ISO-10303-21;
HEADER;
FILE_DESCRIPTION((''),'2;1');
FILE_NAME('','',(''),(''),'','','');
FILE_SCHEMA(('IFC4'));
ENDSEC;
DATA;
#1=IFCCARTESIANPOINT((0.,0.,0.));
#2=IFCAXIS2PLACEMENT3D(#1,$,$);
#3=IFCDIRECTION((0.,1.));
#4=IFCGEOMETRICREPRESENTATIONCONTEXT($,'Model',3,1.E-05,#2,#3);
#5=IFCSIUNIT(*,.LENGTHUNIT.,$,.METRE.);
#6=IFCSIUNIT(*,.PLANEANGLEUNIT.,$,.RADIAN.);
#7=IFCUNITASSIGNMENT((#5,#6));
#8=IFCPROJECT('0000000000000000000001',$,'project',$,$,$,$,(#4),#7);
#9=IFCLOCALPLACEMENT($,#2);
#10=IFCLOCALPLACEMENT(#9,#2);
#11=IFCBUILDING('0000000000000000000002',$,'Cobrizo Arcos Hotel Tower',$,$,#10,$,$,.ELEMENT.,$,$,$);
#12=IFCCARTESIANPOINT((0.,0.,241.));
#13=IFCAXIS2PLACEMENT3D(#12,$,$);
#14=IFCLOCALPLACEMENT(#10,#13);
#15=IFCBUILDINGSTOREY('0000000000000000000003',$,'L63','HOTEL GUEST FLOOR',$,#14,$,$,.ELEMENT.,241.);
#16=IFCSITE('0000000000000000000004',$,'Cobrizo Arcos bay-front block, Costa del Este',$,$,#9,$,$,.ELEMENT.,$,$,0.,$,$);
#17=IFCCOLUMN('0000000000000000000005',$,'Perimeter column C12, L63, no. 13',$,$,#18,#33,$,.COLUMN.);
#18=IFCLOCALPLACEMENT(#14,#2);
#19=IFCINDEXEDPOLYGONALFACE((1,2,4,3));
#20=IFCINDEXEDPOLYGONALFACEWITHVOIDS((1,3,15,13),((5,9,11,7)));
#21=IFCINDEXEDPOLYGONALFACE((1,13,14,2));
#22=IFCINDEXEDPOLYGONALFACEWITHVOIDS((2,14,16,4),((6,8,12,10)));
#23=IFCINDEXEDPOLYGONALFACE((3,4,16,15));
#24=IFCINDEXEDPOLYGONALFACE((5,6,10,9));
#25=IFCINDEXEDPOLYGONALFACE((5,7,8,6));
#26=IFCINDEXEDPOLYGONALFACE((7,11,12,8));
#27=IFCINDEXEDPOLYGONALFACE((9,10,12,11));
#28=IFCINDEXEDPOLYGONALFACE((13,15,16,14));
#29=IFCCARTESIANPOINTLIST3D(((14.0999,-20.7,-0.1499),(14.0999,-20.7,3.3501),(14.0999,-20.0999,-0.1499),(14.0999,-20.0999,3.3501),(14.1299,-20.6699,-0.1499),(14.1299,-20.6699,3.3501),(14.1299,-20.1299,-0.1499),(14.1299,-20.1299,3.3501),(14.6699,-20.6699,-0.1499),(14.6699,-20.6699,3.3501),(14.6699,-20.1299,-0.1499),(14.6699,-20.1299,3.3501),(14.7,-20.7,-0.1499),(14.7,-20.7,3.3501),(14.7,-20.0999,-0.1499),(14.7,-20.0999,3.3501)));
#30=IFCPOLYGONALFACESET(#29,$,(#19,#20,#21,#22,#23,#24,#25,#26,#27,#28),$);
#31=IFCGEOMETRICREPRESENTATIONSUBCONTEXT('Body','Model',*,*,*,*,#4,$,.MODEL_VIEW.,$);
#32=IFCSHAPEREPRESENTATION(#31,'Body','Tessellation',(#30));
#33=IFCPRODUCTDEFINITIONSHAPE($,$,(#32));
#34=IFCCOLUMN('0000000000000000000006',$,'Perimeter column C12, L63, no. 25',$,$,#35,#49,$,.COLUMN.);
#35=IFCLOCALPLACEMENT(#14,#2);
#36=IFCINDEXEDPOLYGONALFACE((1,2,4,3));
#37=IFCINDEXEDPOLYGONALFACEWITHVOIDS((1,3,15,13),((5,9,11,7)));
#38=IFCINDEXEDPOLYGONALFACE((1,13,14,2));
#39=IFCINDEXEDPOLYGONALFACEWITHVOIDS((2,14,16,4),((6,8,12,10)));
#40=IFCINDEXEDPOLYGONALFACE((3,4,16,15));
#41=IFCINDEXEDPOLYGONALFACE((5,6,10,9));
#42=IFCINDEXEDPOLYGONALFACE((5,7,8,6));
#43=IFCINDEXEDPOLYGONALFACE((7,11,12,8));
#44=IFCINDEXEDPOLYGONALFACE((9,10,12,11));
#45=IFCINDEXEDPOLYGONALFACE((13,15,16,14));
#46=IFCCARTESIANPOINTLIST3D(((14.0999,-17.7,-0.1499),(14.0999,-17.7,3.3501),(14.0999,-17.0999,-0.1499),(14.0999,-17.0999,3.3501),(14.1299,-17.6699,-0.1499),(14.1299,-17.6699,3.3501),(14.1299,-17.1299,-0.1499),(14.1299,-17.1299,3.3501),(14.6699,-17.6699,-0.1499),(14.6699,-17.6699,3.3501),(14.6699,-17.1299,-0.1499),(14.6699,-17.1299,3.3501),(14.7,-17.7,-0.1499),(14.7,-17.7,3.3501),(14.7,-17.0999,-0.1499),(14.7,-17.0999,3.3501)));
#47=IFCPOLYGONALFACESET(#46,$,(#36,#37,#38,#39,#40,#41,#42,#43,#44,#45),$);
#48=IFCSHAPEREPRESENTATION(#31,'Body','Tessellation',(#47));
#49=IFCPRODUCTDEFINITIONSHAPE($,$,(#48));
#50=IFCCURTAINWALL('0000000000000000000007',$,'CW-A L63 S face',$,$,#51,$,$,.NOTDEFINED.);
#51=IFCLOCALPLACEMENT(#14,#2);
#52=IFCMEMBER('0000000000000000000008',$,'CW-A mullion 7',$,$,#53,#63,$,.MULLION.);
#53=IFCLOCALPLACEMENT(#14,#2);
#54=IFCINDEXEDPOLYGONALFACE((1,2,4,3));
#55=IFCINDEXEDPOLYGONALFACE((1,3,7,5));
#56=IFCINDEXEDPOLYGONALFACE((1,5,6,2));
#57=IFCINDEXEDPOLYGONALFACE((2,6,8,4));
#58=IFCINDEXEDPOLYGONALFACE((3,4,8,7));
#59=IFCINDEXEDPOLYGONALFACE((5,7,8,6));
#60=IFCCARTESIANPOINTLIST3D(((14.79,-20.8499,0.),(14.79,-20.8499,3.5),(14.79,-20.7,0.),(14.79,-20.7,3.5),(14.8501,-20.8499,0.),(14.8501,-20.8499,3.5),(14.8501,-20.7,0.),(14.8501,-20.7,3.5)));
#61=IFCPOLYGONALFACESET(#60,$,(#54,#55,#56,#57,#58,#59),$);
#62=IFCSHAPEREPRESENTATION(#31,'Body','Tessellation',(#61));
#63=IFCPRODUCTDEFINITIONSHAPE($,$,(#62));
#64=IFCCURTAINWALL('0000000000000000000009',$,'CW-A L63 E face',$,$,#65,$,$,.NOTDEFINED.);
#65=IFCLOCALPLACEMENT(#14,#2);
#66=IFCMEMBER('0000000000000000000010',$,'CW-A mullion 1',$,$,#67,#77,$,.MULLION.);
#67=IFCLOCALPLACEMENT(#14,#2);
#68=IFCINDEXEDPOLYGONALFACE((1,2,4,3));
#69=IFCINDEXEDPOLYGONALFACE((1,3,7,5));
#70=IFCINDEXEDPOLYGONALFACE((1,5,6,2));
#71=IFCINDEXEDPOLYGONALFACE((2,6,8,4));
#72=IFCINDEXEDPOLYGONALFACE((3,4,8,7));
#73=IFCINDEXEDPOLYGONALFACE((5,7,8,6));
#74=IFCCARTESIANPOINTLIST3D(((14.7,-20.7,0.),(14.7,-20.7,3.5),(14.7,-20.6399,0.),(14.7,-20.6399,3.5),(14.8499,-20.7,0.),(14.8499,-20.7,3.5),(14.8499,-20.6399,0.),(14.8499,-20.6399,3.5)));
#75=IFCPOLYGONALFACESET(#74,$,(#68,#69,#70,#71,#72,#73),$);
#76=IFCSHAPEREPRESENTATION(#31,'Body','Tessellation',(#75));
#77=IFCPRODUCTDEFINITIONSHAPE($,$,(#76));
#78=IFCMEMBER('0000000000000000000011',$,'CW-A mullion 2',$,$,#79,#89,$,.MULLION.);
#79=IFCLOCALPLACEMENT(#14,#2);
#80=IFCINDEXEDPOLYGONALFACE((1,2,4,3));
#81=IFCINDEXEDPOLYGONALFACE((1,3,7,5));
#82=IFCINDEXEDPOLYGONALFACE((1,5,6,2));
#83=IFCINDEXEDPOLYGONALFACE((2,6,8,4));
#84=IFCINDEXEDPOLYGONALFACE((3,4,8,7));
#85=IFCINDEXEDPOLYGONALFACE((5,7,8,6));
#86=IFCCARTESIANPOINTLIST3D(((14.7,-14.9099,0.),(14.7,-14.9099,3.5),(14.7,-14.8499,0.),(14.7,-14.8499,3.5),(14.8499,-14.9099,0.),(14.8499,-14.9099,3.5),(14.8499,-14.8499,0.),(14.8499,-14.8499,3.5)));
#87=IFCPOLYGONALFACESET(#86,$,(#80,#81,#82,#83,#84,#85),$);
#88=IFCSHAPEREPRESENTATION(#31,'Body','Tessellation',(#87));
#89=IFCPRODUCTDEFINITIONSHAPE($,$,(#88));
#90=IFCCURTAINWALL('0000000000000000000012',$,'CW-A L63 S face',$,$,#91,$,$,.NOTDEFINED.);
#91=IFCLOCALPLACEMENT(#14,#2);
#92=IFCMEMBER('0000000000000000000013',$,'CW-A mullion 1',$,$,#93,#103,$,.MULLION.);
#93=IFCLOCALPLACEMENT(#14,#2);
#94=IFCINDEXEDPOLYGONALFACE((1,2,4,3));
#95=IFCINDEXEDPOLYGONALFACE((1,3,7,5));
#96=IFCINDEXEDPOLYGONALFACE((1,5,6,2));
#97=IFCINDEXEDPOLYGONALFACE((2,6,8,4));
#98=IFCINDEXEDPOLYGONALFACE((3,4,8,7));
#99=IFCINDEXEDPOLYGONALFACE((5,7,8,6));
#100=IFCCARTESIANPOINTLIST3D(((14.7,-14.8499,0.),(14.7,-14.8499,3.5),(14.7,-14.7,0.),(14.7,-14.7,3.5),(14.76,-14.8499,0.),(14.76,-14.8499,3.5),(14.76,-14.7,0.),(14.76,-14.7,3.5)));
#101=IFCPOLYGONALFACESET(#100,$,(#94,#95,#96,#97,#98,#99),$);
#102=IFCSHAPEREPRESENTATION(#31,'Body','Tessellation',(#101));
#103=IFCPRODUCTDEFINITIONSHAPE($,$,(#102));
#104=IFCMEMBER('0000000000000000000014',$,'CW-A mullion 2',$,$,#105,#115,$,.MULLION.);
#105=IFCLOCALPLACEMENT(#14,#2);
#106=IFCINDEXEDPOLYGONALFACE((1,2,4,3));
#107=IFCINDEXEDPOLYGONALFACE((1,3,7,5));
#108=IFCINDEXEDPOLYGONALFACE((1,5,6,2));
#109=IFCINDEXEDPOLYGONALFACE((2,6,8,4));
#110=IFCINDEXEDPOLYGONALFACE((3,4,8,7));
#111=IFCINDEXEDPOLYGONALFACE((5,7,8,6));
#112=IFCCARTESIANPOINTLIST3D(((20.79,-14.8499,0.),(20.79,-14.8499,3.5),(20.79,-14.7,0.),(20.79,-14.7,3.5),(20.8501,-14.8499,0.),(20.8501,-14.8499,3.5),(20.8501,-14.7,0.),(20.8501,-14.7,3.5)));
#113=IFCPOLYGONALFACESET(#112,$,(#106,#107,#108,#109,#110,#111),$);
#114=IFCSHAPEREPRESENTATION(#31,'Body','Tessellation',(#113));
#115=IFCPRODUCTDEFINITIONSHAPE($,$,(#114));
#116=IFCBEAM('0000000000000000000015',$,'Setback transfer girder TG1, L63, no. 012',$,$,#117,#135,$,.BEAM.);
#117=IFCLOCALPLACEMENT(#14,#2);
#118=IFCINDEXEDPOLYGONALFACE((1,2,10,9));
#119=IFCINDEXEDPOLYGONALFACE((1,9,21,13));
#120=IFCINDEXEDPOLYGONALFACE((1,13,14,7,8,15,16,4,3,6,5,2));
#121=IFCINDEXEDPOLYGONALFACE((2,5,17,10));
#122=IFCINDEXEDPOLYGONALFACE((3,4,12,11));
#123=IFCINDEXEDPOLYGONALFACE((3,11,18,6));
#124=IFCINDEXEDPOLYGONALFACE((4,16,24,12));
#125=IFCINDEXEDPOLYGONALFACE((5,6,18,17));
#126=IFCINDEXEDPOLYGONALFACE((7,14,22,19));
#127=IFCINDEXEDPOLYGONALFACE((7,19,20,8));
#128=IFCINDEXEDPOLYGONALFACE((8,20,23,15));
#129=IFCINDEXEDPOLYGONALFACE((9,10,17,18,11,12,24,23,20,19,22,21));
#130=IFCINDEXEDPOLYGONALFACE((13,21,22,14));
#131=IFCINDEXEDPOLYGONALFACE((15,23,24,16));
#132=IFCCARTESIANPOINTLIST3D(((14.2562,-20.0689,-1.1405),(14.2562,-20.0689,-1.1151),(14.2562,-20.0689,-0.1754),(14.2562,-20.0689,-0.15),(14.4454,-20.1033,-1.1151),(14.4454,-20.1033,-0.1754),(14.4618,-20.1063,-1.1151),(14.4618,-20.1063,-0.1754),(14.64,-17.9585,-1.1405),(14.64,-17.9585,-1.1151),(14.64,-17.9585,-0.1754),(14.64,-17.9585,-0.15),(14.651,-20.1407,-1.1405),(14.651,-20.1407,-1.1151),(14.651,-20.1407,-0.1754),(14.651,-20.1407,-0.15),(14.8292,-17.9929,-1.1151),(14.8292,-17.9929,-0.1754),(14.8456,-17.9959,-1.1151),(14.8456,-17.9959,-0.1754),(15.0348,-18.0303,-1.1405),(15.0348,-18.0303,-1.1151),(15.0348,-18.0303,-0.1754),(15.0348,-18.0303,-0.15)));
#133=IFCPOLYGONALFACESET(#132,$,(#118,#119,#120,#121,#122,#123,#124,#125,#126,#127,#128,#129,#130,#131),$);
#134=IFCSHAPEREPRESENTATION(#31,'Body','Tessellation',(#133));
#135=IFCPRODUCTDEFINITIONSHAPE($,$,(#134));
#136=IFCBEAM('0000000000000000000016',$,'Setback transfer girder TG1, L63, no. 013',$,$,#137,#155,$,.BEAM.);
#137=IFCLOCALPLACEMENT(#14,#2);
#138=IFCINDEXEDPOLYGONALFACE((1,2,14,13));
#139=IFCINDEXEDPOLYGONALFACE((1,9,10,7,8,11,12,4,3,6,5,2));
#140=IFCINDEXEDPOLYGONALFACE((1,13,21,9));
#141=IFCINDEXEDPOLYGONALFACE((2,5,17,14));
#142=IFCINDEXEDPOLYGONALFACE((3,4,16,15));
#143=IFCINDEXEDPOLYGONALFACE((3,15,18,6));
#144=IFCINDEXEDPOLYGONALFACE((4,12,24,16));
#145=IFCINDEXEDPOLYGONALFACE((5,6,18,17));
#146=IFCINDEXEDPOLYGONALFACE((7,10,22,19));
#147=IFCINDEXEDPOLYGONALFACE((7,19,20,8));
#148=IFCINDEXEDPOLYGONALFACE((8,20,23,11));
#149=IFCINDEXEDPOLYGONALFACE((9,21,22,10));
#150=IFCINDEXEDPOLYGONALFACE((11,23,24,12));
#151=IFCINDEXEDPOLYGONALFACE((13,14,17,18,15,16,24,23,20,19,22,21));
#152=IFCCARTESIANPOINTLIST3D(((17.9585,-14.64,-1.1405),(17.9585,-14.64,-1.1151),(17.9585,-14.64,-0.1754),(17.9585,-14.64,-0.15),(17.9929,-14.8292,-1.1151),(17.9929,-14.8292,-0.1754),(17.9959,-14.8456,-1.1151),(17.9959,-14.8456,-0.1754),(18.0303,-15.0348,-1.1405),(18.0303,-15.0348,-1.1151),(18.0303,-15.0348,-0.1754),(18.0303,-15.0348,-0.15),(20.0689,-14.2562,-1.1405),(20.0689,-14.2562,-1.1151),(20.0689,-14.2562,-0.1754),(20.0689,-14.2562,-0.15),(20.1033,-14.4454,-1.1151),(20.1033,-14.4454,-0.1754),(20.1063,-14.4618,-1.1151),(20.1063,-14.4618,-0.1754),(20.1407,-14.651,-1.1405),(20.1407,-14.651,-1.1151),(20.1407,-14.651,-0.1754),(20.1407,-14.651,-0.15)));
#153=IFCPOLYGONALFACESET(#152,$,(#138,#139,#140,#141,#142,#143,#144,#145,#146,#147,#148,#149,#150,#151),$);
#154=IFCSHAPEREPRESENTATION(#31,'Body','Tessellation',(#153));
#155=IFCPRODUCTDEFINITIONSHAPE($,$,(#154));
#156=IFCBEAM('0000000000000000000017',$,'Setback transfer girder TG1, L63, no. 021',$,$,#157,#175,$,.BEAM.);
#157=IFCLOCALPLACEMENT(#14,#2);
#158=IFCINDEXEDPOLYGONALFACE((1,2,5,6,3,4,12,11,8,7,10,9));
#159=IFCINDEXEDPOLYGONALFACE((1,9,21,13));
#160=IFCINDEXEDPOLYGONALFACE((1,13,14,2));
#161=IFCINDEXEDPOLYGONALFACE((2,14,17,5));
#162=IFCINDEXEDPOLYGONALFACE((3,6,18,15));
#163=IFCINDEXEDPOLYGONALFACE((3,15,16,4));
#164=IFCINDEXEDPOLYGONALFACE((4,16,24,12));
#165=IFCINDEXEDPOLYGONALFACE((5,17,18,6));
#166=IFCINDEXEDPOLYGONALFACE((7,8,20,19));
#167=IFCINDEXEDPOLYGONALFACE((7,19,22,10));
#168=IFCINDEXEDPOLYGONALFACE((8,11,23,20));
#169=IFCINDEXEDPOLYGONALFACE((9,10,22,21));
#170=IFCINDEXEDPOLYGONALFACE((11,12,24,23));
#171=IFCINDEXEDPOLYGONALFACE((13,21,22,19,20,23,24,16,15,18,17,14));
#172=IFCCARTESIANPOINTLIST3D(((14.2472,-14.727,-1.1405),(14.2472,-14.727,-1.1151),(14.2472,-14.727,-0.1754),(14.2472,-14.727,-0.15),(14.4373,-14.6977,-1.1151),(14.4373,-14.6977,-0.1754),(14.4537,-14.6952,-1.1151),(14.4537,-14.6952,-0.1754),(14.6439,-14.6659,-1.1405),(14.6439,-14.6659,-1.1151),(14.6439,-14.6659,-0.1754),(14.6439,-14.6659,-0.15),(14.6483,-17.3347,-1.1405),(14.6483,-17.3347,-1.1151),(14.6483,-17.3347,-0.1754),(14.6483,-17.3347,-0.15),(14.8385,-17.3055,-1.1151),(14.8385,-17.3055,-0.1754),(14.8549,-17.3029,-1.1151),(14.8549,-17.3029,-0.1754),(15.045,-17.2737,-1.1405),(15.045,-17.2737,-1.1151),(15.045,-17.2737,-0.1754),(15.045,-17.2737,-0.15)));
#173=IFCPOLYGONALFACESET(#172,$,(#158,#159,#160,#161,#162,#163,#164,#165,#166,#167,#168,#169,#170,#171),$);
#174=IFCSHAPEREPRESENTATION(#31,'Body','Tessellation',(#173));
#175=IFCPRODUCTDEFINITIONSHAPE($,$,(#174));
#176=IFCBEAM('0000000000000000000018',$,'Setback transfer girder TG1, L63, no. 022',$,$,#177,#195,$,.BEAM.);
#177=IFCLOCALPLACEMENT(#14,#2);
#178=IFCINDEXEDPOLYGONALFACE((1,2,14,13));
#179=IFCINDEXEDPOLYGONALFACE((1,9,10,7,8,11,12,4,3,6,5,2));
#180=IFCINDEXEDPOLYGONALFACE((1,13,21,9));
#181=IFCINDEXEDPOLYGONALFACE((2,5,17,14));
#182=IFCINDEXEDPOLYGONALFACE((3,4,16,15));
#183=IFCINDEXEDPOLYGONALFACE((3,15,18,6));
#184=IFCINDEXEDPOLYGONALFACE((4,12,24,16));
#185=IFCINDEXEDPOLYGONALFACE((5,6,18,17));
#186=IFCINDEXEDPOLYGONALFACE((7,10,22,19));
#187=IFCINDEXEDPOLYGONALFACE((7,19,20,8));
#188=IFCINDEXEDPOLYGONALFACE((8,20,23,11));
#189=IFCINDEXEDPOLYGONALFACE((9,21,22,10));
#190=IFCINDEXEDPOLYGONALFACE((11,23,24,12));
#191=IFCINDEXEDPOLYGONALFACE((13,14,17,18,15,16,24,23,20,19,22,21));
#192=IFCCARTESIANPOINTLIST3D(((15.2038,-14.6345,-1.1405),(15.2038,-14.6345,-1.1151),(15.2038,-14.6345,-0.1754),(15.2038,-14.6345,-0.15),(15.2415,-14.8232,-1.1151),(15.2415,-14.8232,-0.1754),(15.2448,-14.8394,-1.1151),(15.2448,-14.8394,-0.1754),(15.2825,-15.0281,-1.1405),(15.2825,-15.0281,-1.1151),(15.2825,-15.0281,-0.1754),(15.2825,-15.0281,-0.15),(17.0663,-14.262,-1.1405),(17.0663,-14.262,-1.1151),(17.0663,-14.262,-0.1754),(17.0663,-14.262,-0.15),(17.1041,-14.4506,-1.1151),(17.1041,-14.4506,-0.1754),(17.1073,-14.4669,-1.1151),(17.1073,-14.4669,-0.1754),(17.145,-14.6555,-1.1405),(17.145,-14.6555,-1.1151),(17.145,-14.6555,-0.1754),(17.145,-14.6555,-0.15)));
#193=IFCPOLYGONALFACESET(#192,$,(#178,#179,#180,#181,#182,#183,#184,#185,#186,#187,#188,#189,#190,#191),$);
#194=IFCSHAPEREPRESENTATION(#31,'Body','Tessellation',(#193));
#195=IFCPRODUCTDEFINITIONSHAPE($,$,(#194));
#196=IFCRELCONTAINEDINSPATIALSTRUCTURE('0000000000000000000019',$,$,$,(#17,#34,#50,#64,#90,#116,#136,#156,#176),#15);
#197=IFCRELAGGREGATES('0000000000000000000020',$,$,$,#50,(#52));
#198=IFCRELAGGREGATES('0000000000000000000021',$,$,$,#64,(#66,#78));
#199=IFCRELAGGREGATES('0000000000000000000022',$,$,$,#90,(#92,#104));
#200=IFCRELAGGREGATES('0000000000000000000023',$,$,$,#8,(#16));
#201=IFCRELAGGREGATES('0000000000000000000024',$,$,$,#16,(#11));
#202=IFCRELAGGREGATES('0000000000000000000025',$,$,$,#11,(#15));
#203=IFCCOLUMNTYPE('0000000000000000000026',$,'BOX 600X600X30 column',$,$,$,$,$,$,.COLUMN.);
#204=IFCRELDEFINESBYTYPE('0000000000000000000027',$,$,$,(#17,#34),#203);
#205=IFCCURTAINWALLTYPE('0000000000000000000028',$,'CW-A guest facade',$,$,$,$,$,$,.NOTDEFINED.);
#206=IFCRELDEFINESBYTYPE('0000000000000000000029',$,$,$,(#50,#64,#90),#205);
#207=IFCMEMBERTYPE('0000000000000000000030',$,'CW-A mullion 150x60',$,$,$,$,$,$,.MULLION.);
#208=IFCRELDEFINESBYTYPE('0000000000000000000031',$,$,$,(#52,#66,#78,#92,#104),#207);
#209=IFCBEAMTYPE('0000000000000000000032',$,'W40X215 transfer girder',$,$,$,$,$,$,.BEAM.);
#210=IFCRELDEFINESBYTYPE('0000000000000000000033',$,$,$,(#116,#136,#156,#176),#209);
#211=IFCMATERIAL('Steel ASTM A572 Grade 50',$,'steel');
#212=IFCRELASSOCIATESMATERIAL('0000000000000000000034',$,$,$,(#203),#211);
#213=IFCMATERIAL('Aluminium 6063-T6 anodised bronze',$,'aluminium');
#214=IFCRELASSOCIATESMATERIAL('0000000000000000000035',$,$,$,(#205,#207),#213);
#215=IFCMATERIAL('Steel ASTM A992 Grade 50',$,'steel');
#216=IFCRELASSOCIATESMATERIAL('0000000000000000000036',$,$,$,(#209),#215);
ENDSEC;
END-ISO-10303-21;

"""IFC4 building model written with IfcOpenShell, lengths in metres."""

from ifc_helpers import new_model, si_unit, direction, frame, origin, origin_2d, place, context, subcontext, project, spatial, rectangle, hollow_rectangle, i_section, extrude, material, material_profile, profile_set, type_object, element, aggregate, save


model = new_model("IFC4")

# Units and contexts
model_context = context("Model", 3, precision=1e-05, world=origin(), true_north=direction((0.0, 1.0)))
body_context = subcontext(model_context, "Body", "Model", "MODEL_VIEW")
ifc_project = project(units=[si_unit("LENGTHUNIT", "METRE"), si_unit("PLANEANGLEUNIT", "RADIAN")], contexts=[model_context])

# Site, building, storey
site_placement = place(None, origin())
site = spatial("IfcSite", under=ifc_project, at=site_placement, Name="Cobrizo Arcos bay-front block, Costa del Este", CompositionType="ELEMENT", RefElevation=0.0)
building_placement = place(site_placement, origin())
building = spatial("IfcBuilding", under=site, at=building_placement, Name="Cobrizo Arcos Hotel Tower", CompositionType="ELEMENT")
storey_placement = place(building_placement, frame((0.0, 0.0, 241.0)))
storey = spatial("IfcBuildingStorey", under=building, at=storey_placement, Name="L63", Description="HOTEL GUEST FLOOR", CompositionType="ELEMENT", Elevation=241.0)

# Columns
ifc_material_1 = material(Name="Steel ASTM A572 Grade 50", Category="steel")
ifc_material_profile_1 = material_profile(ifc_material_1, hollow_rectangle(XDim=0.6001, YDim=0.6001, WallThickness=0.03, at=origin_2d()), Name="BOX 600X600X30")
ifc_profile_set_1 = profile_set([ifc_material_profile_1], Name="Steel ASTM A572 Grade 50")
column_type = type_object("IfcColumnType", Name="BOX 600X600X30 column", PredefinedType="COLUMN", material=ifc_profile_set_1)
for number, where, z_axis, x_axis, name in (
    (1, (14.3999, -20.3999, -0.1499), (0.0, 0.0, 1.0), (1.0, 0.0, 0.0), "Perimeter column C12, L63, no. 13"),
    (2, (14.3999, -17.3999, -0.1499), (0.0, 0.0, 1.0), (1.0, 0.0, 0.0), "Perimeter column C12, L63, no. 25"),
):
    element("IfcColumn", number, at=place(storey_placement, frame(where, z_axis=z_axis, x_axis=x_axis)), inside=storey, type_object=column_type, Name=name, PredefinedType="COLUMN", context=body_context, shape_type="SweptSolid", body=[
        extrude(hollow_rectangle(XDim=0.6001, YDim=0.6001, WallThickness=0.03, at=origin_2d()), origin(), (0.0, 0.0, 1.0), 3.5),
    ])

# Curtain wall, member
ifc_material_2 = material(Name="Aluminium 6063-T6 anodised bronze", Category="aluminium")
curtain_wall_type = type_object("IfcCurtainWallType", Name="CW-A guest facade", PredefinedType="NOTDEFINED", material=ifc_material_2)
curtain_wall_1_placement = place(storey_placement, origin())
curtain_wall_1 = element("IfcCurtainWall", 3, at=curtain_wall_1_placement, inside=storey, type_object=curtain_wall_type, Name="CW-A L63 S face", PredefinedType="NOTDEFINED")
ifc_material_profile_2 = material_profile(ifc_material_2, rectangle(XDim=0.1499, YDim=0.0601, at=origin_2d()), Name="CW-A mullion 150x60")
ifc_profile_set_2 = profile_set([ifc_material_profile_2], Name="Aluminium 6063-T6 anodised bronze")
member_type = type_object("IfcMemberType", Name="CW-A mullion 150x60", PredefinedType="MULLION", material=ifc_profile_set_2)
member_1_placement = place(storey_placement, frame((14.8201, -20.7749, 0.0), z_axis=(0.0, 0.0, 1.0), x_axis=(0.0, -1.0, 0.0)))
member_1 = element("IfcMember", 4, at=member_1_placement, type_object=member_type, Name="CW-A mullion 7", PredefinedType="MULLION", context=body_context, shape_type="SweptSolid", body=[
    extrude(rectangle(XDim=0.1499, YDim=0.0601, at=origin_2d()), origin(), (0.0, 0.0, 1.0), 3.5),
])
aggregate(curtain_wall_1, [member_1])

# Curtain walls, members
curtain_wall_2_placement = place(storey_placement, origin())
curtain_wall_2 = element("IfcCurtainWall", 5, at=curtain_wall_2_placement, inside=storey, type_object=curtain_wall_type, Name="CW-A L63 E face", PredefinedType="NOTDEFINED")
member_2_placement = place(storey_placement, frame((14.7749, -20.6699, 0.0), z_axis=(0.0, 0.0, 1.0), x_axis=(1.0, 0.0, 0.0)))
member_2 = element("IfcMember", 6, at=member_2_placement, type_object=member_type, Name="CW-A mullion 1", PredefinedType="MULLION", context=body_context, shape_type="SweptSolid", body=[
    extrude(rectangle(XDim=0.1499, YDim=0.0601, at=origin_2d()), origin(), (0.0, 0.0, 1.0), 3.5),
])
member_3_placement = place(storey_placement, frame((14.7749, -14.8799, 0.0), z_axis=(0.0, 0.0, 1.0), x_axis=(1.0, 0.0, 0.0)))
member_3 = element("IfcMember", 7, at=member_3_placement, type_object=member_type, Name="CW-A mullion 2", PredefinedType="MULLION", context=body_context, shape_type="SweptSolid", body=[
    extrude(rectangle(XDim=0.1499, YDim=0.0601, at=origin_2d()), origin(), (0.0, 0.0, 1.0), 3.5),
])
curtain_wall_3_placement = place(storey_placement, origin())
curtain_wall_3 = element("IfcCurtainWall", 8, at=curtain_wall_3_placement, inside=storey, type_object=curtain_wall_type, Name="CW-A L63 S face", PredefinedType="NOTDEFINED")
member_4_placement = place(storey_placement, frame((14.73, -14.7749, 0.0), z_axis=(0.0, 0.0, 1.0), x_axis=(0.0, -1.0, 0.0)))
member_4 = element("IfcMember", 9, at=member_4_placement, type_object=member_type, Name="CW-A mullion 1", PredefinedType="MULLION", context=body_context, shape_type="SweptSolid", body=[
    extrude(rectangle(XDim=0.1499, YDim=0.0601, at=origin_2d()), origin(), (0.0, 0.0, 1.0), 3.5),
])
member_5_placement = place(storey_placement, frame((20.8201, -14.7749, 0.0), z_axis=(0.0, 0.0, 1.0), x_axis=(0.0, -1.0, 0.0)))
member_5 = element("IfcMember", 10, at=member_5_placement, type_object=member_type, Name="CW-A mullion 2", PredefinedType="MULLION", context=body_context, shape_type="SweptSolid", body=[
    extrude(rectangle(XDim=0.1499, YDim=0.0601, at=origin_2d()), origin(), (0.0, 0.0, 1.0), 3.5),
])

# Beams
ifc_material_3 = material(Name="Steel ASTM A992 Grade 50", Category="steel")
ifc_material_profile_3 = material_profile(ifc_material_3, i_section(OverallWidth=0.4014, OverallDepth=0.9905, WebThickness=0.0166, FlangeThickness=0.0254, at=origin_2d()), Name="W40X215")
ifc_profile_set_3 = profile_set([ifc_material_profile_3], Name="Steel ASTM A992 Grade 50")
beam_type = type_object("IfcBeamType", Name="W40X215 transfer girder", PredefinedType="BEAM", material=ifc_profile_set_3)
for number, where, z_axis, x_axis, name in (
    (11, (14.8374, -17.9944, -0.6453), (-0.178926, -0.983863, 0.0), (0.983863, -0.178926, 0.0), "Setback transfer girder TG1, L63, no. 012"),
    (12, (17.9944, -14.8374, -0.6453), (0.983863, 0.178926, 0.0), (-0.178926, 0.983863, 0.0), "Setback transfer girder TG1, L63, no. 013"),
):
    element("IfcBeam", number, at=place(storey_placement, frame(where, z_axis=z_axis, x_axis=x_axis)), inside=storey, type_object=beam_type, Name=name, PredefinedType="BEAM", context=body_context, shape_type="SweptSolid", body=[
        extrude(i_section(OverallWidth=0.4014, OverallDepth=0.9905, WebThickness=0.0166, FlangeThickness=0.0254, at=origin_2d()), origin(), (0.0, 0.0, 1.0), 2.145),
    ])
beam_1_placement = place(storey_placement, frame((14.8467, -17.3042, -0.6453), z_axis=(-0.152036, 0.988375, 0.0), x_axis=(-0.988375, -0.152036, 0.0)))
element("IfcBeam", 13, at=beam_1_placement, inside=storey, type_object=beam_type, Name="Setback transfer girder TG1, L63, no. 021", PredefinedType="BEAM", context=body_context, shape_type="SweptSolid", body=[
    extrude(i_section(OverallWidth=0.4014, OverallDepth=0.9905, WebThickness=0.0166, FlangeThickness=0.0254, at=origin_2d()), origin(), (0.0, 0.0, 1.0), 2.6384),
])
beam_2_placement = place(storey_placement, frame((15.2432, -14.8313, -0.6453), z_axis=(0.980576, 0.196141, 0.0), x_axis=(-0.196141, 0.980576, 0.0)))
element("IfcBeam", 14, at=beam_2_placement, inside=storey, type_object=beam_type, Name="Setback transfer girder TG1, L63, no. 022", PredefinedType="BEAM", context=body_context, shape_type="SweptSolid", body=[
    extrude(i_section(OverallWidth=0.4014, OverallDepth=0.9905, WebThickness=0.0166, FlangeThickness=0.0254, at=origin_2d()), origin(), (0.0, 0.0, 1.0), 1.8994),
])

aggregate(curtain_wall_2, [member_2, member_3])
aggregate(curtain_wall_3, [member_4, member_5])

save(model, "model.ifc")
